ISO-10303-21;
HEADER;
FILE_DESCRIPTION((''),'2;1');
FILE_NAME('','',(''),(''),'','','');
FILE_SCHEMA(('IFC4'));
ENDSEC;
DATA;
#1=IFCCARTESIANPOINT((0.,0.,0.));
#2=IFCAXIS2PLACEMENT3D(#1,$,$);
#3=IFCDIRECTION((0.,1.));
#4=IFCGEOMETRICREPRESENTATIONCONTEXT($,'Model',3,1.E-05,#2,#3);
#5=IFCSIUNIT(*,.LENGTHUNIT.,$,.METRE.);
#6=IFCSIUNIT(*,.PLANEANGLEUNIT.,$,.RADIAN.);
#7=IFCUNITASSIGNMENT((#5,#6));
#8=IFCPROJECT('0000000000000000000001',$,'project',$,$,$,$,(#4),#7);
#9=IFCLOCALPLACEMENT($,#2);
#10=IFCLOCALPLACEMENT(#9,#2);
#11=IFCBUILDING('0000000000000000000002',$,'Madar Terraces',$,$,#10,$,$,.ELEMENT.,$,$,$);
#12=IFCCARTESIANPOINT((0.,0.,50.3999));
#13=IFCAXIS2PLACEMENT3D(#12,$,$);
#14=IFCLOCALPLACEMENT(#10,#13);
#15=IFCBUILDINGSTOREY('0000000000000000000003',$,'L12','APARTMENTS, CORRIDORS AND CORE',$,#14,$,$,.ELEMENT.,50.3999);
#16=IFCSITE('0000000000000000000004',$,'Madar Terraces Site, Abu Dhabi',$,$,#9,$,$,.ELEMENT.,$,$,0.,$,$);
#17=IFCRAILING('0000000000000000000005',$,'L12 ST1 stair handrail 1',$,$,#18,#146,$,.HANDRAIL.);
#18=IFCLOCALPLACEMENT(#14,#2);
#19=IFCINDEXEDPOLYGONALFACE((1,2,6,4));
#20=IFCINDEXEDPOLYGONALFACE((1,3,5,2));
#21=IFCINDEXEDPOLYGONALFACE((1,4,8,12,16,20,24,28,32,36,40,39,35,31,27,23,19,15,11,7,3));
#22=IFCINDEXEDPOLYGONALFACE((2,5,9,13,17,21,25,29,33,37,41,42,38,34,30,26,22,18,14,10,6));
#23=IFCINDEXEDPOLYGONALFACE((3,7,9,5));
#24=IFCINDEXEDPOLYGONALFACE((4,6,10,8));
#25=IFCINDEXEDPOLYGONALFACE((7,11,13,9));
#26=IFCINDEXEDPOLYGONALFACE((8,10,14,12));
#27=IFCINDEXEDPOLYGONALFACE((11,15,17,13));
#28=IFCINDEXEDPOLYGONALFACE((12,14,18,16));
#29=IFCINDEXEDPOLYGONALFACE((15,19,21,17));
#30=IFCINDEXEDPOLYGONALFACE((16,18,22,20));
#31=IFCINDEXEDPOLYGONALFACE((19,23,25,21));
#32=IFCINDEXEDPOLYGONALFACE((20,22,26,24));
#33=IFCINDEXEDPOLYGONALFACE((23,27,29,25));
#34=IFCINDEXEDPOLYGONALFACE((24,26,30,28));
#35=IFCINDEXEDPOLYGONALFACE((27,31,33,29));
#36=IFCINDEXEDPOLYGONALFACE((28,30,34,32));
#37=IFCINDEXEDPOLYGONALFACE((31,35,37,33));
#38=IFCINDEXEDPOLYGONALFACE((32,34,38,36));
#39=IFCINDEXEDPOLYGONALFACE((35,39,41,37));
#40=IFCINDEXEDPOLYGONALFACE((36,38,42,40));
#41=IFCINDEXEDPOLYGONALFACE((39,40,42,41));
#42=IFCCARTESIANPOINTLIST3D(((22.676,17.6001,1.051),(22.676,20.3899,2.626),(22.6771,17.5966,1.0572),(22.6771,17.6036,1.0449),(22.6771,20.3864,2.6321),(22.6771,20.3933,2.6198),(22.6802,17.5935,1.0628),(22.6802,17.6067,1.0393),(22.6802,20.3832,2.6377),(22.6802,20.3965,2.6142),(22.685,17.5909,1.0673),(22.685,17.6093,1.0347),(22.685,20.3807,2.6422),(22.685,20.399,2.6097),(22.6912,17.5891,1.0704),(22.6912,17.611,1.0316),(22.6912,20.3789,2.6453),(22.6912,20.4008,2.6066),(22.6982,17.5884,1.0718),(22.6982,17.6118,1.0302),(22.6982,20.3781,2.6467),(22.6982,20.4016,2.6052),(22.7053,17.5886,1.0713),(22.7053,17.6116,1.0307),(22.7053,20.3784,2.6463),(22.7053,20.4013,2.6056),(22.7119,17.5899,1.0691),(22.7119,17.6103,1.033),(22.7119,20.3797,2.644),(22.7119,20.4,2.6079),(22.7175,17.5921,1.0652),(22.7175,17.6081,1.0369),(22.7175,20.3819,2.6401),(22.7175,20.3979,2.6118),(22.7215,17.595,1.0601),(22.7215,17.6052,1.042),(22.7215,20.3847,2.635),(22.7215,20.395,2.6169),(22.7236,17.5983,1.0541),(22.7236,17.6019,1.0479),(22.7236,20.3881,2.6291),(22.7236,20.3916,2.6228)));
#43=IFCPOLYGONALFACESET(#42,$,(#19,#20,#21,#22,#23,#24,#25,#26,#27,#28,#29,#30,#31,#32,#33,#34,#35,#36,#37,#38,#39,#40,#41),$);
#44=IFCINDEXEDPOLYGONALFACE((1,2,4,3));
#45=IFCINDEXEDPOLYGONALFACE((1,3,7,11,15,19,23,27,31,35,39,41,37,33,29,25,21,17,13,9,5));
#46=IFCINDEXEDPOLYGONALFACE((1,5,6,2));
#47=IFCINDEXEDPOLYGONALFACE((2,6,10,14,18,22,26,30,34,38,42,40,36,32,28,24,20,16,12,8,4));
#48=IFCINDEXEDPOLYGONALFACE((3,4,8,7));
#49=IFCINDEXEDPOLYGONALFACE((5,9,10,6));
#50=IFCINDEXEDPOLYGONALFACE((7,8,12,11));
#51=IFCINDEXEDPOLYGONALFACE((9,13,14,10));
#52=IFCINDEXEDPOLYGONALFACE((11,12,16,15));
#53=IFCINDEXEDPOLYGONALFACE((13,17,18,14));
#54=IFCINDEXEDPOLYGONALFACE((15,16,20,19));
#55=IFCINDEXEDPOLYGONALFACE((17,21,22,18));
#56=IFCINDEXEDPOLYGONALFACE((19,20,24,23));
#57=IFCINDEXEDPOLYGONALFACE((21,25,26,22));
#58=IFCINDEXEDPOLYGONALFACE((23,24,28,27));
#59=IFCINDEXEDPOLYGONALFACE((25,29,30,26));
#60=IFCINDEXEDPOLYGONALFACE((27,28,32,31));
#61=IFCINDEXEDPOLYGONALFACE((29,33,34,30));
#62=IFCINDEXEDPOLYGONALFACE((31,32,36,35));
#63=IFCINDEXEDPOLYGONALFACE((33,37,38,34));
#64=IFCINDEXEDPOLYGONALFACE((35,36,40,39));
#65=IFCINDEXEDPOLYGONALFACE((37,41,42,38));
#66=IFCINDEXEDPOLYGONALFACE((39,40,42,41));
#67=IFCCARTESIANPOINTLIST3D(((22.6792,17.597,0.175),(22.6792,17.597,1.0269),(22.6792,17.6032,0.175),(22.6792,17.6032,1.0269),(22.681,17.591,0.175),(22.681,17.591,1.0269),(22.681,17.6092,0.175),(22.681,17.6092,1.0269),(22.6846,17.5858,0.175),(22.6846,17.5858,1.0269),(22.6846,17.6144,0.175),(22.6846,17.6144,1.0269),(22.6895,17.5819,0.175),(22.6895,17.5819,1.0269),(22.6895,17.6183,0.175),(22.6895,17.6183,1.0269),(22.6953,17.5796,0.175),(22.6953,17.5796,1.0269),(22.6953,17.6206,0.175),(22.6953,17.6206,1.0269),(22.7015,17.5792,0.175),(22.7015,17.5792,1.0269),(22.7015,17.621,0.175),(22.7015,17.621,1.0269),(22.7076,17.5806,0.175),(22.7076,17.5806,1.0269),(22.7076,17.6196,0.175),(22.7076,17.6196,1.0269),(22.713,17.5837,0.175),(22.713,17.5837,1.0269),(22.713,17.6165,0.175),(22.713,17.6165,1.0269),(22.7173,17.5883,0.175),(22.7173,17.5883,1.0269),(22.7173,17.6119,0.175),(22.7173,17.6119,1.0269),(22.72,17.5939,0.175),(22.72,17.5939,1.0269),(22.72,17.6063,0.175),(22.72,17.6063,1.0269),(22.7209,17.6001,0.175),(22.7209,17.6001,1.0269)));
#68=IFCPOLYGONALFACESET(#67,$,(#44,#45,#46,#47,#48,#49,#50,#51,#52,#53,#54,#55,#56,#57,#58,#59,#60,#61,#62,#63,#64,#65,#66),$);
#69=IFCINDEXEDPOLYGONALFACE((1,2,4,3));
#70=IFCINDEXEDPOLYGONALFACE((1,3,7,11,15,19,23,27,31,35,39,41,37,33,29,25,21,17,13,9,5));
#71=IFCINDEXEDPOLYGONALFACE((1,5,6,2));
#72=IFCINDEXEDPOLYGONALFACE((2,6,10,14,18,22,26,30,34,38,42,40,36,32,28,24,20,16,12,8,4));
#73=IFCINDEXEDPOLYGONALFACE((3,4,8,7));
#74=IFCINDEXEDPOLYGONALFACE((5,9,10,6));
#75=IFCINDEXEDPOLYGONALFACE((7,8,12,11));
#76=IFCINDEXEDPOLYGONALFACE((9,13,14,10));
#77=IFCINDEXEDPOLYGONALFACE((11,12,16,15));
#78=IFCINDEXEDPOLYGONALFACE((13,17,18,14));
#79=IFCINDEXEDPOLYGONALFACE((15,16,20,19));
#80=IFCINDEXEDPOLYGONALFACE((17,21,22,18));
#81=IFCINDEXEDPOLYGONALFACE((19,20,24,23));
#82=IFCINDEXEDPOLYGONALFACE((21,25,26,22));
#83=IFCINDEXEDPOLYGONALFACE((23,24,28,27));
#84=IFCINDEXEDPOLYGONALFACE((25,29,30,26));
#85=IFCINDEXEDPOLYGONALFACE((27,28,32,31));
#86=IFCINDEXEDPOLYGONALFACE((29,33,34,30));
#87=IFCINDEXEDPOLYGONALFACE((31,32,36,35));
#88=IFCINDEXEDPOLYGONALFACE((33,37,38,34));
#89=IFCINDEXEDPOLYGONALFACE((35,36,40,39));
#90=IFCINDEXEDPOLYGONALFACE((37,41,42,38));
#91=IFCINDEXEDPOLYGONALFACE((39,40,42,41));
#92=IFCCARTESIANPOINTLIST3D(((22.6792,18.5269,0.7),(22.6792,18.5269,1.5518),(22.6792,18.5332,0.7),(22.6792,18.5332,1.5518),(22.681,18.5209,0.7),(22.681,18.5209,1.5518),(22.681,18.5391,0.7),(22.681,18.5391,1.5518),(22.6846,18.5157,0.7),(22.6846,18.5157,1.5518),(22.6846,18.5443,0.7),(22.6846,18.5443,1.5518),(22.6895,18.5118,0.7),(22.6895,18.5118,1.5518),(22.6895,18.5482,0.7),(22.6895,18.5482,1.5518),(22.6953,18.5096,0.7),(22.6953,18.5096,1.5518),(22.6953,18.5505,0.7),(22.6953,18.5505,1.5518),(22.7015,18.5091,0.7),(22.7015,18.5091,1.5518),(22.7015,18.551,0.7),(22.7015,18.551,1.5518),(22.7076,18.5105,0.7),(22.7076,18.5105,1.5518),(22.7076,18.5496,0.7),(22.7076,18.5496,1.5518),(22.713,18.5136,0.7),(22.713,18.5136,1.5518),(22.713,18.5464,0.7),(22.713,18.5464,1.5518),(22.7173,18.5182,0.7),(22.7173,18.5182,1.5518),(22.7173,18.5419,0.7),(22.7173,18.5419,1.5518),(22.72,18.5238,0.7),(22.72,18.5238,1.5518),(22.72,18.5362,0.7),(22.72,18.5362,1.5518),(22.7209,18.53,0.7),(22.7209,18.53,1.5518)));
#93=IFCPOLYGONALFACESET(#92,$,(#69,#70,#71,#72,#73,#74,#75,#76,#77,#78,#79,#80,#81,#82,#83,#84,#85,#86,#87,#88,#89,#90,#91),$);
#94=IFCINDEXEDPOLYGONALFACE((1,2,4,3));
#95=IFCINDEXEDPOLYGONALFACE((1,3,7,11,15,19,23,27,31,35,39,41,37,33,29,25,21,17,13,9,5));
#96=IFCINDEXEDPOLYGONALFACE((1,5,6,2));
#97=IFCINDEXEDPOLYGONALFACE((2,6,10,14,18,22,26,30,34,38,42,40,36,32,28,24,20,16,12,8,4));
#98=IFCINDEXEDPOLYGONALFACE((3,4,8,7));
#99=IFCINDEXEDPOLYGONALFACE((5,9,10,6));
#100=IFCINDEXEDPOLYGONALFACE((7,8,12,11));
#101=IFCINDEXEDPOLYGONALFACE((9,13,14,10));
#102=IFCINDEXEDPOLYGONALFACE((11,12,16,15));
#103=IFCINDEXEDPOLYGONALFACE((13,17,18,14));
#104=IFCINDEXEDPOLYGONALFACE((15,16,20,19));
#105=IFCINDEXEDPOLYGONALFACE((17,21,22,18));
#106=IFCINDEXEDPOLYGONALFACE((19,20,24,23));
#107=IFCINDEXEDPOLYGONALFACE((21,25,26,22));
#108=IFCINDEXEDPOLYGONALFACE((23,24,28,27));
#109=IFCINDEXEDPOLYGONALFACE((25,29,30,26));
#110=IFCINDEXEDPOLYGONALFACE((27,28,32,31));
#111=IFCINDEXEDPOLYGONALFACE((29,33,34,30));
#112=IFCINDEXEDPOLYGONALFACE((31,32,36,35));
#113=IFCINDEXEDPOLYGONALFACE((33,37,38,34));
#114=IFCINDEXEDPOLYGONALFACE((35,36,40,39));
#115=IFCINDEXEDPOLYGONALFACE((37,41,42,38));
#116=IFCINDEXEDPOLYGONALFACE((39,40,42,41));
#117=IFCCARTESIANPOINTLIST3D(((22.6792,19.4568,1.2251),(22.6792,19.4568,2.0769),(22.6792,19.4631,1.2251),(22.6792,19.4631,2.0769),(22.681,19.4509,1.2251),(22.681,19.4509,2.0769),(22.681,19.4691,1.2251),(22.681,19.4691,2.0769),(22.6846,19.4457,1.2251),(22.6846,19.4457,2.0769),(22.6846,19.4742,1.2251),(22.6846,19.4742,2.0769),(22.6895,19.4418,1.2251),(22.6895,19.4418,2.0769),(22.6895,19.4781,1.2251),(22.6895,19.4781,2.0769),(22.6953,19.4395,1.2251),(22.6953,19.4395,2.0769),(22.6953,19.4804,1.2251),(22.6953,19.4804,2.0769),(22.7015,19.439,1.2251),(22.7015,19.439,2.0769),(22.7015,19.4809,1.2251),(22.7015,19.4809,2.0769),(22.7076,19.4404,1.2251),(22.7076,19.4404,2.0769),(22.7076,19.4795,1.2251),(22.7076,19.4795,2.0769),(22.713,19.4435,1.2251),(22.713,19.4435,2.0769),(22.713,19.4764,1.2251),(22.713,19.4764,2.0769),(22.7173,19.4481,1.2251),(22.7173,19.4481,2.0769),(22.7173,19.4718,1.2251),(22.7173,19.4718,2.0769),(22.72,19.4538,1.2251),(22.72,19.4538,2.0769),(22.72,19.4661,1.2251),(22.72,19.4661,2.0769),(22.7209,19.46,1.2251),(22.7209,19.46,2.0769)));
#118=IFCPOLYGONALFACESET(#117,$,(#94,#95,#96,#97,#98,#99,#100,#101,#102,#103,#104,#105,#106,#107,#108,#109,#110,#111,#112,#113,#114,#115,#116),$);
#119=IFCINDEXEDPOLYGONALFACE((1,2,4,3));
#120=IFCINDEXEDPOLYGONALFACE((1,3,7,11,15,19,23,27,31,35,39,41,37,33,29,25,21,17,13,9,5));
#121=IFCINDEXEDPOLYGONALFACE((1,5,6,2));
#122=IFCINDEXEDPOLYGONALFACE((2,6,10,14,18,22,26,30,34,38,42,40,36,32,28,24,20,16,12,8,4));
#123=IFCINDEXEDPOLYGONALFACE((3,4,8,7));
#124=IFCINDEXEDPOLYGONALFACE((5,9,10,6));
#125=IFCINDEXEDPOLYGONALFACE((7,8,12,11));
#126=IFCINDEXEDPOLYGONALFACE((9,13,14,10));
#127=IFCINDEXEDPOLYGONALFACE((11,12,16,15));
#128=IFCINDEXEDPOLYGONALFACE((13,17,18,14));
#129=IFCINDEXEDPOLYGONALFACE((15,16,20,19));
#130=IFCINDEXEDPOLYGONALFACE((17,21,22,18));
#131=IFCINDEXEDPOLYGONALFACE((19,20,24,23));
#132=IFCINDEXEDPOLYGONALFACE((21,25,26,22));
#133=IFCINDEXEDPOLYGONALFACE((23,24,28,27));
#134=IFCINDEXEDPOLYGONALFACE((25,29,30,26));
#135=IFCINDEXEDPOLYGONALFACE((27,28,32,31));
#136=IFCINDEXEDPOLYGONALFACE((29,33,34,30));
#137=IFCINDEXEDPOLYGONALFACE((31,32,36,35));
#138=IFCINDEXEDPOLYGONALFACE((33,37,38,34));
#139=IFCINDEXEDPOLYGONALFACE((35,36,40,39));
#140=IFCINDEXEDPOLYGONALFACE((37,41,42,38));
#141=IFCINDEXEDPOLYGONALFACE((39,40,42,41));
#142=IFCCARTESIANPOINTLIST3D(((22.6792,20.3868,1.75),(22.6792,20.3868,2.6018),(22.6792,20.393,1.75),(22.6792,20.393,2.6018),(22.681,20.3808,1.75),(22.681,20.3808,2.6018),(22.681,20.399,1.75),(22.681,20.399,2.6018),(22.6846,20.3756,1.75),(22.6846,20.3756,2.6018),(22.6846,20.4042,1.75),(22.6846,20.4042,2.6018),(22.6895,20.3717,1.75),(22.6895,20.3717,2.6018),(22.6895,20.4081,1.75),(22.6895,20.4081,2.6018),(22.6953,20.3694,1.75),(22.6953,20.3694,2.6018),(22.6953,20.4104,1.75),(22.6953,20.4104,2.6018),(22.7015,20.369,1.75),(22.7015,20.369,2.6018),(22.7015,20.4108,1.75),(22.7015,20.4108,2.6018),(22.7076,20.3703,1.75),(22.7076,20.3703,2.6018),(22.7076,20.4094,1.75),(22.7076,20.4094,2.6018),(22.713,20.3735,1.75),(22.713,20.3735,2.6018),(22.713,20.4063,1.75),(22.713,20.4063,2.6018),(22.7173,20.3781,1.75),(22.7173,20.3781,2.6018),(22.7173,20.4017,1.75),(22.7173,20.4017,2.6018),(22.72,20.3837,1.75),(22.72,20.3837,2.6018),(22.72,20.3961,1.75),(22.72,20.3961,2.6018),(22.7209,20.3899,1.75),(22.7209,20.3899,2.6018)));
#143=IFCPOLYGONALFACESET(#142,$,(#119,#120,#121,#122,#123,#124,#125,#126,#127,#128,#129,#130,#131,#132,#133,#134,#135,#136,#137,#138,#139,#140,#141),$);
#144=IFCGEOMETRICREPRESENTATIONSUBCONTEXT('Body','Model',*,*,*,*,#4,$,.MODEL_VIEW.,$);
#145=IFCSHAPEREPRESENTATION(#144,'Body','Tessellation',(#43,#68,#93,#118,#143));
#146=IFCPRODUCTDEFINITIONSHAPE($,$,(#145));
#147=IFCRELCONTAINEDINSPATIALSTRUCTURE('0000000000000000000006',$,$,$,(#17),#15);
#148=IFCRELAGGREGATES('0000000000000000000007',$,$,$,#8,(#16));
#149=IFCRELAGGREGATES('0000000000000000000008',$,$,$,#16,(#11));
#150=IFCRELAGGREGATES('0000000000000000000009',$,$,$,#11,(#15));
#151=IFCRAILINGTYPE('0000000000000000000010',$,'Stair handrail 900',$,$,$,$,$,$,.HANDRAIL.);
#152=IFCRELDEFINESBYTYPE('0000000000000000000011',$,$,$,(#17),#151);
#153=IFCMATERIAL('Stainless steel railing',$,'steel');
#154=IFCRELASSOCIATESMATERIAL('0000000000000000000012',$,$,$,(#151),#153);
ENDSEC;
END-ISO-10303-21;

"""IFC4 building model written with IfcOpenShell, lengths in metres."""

from ifc_helpers import new_model, si_unit, direction, frame, origin, origin_2d, place, context, subcontext, project, spatial, circle, extrude, material, type_object, element, save


model = new_model("IFC4")

# Units and contexts
model_context = context("Model", 3, precision=1e-05, world=origin(), true_north=direction((0.0, 1.0)))
body_context = subcontext(model_context, "Body", "Model", "MODEL_VIEW")
ifc_project = project(units=[si_unit("LENGTHUNIT", "METRE"), si_unit("PLANEANGLEUNIT", "RADIAN")], contexts=[model_context])

# Site, building, storey
site_placement = place(None, origin())
site = spatial("IfcSite", under=ifc_project, at=site_placement, Name="Madar Terraces Site, Abu Dhabi", CompositionType="ELEMENT", RefElevation=0.0)
building_placement = place(site_placement, origin())
building = spatial("IfcBuilding", under=site, at=building_placement, Name="Madar Terraces", CompositionType="ELEMENT")
storey_placement = place(building_placement, frame((0.0, 0.0, 50.3999)))
storey = spatial("IfcBuildingStorey", under=building, at=storey_placement, Name="L12", Description="APARTMENTS, CORRIDORS AND CORE", CompositionType="ELEMENT", Elevation=50.3999)

# Railing
ifc_material_1 = material(Name="Stainless steel railing", Category="steel")
railing_type_1 = type_object("IfcRailingType", Name="Stair handrail 900", PredefinedType="HANDRAIL", material=ifc_material_1)
railing_1_placement = place(storey_placement, frame((22.7, 17.6001, 0.175)))
element("IfcRailing", 1, at=railing_1_placement, inside=storey, type_object=railing_type_1, Name="L12 ST1 stair handrail 1", PredefinedType="HANDRAIL", context=body_context, shape_type="SweptSolid", body=[
    extrude(circle(Radius=0.0239, at=origin_2d()), frame((0.0, 0.0, 0.876), z_axis=(0.0, 0.870815, 0.49161), x_axis=(-1.0, 0.0, 0.0)), (0.0, 0.0, 1.0), 3.2036),
    extrude(circle(Radius=0.021, at=origin_2d()), origin(), (0.0, 0.0, 1.0), 0.8518),
    extrude(circle(Radius=0.021, at=origin_2d()), frame((0.0, 0.9299, 0.5249)), (0.0, 0.0, 1.0), 0.8518),
    extrude(circle(Radius=0.021, at=origin_2d()), frame((0.0, 1.8599, 1.05)), (0.0, 0.0, 1.0), 0.8518),
    extrude(circle(Radius=0.021, at=origin_2d()), frame((0.0, 2.7898, 1.575)), (0.0, 0.0, 1.0), 0.8518),
])

save(model, "model.ifc")
